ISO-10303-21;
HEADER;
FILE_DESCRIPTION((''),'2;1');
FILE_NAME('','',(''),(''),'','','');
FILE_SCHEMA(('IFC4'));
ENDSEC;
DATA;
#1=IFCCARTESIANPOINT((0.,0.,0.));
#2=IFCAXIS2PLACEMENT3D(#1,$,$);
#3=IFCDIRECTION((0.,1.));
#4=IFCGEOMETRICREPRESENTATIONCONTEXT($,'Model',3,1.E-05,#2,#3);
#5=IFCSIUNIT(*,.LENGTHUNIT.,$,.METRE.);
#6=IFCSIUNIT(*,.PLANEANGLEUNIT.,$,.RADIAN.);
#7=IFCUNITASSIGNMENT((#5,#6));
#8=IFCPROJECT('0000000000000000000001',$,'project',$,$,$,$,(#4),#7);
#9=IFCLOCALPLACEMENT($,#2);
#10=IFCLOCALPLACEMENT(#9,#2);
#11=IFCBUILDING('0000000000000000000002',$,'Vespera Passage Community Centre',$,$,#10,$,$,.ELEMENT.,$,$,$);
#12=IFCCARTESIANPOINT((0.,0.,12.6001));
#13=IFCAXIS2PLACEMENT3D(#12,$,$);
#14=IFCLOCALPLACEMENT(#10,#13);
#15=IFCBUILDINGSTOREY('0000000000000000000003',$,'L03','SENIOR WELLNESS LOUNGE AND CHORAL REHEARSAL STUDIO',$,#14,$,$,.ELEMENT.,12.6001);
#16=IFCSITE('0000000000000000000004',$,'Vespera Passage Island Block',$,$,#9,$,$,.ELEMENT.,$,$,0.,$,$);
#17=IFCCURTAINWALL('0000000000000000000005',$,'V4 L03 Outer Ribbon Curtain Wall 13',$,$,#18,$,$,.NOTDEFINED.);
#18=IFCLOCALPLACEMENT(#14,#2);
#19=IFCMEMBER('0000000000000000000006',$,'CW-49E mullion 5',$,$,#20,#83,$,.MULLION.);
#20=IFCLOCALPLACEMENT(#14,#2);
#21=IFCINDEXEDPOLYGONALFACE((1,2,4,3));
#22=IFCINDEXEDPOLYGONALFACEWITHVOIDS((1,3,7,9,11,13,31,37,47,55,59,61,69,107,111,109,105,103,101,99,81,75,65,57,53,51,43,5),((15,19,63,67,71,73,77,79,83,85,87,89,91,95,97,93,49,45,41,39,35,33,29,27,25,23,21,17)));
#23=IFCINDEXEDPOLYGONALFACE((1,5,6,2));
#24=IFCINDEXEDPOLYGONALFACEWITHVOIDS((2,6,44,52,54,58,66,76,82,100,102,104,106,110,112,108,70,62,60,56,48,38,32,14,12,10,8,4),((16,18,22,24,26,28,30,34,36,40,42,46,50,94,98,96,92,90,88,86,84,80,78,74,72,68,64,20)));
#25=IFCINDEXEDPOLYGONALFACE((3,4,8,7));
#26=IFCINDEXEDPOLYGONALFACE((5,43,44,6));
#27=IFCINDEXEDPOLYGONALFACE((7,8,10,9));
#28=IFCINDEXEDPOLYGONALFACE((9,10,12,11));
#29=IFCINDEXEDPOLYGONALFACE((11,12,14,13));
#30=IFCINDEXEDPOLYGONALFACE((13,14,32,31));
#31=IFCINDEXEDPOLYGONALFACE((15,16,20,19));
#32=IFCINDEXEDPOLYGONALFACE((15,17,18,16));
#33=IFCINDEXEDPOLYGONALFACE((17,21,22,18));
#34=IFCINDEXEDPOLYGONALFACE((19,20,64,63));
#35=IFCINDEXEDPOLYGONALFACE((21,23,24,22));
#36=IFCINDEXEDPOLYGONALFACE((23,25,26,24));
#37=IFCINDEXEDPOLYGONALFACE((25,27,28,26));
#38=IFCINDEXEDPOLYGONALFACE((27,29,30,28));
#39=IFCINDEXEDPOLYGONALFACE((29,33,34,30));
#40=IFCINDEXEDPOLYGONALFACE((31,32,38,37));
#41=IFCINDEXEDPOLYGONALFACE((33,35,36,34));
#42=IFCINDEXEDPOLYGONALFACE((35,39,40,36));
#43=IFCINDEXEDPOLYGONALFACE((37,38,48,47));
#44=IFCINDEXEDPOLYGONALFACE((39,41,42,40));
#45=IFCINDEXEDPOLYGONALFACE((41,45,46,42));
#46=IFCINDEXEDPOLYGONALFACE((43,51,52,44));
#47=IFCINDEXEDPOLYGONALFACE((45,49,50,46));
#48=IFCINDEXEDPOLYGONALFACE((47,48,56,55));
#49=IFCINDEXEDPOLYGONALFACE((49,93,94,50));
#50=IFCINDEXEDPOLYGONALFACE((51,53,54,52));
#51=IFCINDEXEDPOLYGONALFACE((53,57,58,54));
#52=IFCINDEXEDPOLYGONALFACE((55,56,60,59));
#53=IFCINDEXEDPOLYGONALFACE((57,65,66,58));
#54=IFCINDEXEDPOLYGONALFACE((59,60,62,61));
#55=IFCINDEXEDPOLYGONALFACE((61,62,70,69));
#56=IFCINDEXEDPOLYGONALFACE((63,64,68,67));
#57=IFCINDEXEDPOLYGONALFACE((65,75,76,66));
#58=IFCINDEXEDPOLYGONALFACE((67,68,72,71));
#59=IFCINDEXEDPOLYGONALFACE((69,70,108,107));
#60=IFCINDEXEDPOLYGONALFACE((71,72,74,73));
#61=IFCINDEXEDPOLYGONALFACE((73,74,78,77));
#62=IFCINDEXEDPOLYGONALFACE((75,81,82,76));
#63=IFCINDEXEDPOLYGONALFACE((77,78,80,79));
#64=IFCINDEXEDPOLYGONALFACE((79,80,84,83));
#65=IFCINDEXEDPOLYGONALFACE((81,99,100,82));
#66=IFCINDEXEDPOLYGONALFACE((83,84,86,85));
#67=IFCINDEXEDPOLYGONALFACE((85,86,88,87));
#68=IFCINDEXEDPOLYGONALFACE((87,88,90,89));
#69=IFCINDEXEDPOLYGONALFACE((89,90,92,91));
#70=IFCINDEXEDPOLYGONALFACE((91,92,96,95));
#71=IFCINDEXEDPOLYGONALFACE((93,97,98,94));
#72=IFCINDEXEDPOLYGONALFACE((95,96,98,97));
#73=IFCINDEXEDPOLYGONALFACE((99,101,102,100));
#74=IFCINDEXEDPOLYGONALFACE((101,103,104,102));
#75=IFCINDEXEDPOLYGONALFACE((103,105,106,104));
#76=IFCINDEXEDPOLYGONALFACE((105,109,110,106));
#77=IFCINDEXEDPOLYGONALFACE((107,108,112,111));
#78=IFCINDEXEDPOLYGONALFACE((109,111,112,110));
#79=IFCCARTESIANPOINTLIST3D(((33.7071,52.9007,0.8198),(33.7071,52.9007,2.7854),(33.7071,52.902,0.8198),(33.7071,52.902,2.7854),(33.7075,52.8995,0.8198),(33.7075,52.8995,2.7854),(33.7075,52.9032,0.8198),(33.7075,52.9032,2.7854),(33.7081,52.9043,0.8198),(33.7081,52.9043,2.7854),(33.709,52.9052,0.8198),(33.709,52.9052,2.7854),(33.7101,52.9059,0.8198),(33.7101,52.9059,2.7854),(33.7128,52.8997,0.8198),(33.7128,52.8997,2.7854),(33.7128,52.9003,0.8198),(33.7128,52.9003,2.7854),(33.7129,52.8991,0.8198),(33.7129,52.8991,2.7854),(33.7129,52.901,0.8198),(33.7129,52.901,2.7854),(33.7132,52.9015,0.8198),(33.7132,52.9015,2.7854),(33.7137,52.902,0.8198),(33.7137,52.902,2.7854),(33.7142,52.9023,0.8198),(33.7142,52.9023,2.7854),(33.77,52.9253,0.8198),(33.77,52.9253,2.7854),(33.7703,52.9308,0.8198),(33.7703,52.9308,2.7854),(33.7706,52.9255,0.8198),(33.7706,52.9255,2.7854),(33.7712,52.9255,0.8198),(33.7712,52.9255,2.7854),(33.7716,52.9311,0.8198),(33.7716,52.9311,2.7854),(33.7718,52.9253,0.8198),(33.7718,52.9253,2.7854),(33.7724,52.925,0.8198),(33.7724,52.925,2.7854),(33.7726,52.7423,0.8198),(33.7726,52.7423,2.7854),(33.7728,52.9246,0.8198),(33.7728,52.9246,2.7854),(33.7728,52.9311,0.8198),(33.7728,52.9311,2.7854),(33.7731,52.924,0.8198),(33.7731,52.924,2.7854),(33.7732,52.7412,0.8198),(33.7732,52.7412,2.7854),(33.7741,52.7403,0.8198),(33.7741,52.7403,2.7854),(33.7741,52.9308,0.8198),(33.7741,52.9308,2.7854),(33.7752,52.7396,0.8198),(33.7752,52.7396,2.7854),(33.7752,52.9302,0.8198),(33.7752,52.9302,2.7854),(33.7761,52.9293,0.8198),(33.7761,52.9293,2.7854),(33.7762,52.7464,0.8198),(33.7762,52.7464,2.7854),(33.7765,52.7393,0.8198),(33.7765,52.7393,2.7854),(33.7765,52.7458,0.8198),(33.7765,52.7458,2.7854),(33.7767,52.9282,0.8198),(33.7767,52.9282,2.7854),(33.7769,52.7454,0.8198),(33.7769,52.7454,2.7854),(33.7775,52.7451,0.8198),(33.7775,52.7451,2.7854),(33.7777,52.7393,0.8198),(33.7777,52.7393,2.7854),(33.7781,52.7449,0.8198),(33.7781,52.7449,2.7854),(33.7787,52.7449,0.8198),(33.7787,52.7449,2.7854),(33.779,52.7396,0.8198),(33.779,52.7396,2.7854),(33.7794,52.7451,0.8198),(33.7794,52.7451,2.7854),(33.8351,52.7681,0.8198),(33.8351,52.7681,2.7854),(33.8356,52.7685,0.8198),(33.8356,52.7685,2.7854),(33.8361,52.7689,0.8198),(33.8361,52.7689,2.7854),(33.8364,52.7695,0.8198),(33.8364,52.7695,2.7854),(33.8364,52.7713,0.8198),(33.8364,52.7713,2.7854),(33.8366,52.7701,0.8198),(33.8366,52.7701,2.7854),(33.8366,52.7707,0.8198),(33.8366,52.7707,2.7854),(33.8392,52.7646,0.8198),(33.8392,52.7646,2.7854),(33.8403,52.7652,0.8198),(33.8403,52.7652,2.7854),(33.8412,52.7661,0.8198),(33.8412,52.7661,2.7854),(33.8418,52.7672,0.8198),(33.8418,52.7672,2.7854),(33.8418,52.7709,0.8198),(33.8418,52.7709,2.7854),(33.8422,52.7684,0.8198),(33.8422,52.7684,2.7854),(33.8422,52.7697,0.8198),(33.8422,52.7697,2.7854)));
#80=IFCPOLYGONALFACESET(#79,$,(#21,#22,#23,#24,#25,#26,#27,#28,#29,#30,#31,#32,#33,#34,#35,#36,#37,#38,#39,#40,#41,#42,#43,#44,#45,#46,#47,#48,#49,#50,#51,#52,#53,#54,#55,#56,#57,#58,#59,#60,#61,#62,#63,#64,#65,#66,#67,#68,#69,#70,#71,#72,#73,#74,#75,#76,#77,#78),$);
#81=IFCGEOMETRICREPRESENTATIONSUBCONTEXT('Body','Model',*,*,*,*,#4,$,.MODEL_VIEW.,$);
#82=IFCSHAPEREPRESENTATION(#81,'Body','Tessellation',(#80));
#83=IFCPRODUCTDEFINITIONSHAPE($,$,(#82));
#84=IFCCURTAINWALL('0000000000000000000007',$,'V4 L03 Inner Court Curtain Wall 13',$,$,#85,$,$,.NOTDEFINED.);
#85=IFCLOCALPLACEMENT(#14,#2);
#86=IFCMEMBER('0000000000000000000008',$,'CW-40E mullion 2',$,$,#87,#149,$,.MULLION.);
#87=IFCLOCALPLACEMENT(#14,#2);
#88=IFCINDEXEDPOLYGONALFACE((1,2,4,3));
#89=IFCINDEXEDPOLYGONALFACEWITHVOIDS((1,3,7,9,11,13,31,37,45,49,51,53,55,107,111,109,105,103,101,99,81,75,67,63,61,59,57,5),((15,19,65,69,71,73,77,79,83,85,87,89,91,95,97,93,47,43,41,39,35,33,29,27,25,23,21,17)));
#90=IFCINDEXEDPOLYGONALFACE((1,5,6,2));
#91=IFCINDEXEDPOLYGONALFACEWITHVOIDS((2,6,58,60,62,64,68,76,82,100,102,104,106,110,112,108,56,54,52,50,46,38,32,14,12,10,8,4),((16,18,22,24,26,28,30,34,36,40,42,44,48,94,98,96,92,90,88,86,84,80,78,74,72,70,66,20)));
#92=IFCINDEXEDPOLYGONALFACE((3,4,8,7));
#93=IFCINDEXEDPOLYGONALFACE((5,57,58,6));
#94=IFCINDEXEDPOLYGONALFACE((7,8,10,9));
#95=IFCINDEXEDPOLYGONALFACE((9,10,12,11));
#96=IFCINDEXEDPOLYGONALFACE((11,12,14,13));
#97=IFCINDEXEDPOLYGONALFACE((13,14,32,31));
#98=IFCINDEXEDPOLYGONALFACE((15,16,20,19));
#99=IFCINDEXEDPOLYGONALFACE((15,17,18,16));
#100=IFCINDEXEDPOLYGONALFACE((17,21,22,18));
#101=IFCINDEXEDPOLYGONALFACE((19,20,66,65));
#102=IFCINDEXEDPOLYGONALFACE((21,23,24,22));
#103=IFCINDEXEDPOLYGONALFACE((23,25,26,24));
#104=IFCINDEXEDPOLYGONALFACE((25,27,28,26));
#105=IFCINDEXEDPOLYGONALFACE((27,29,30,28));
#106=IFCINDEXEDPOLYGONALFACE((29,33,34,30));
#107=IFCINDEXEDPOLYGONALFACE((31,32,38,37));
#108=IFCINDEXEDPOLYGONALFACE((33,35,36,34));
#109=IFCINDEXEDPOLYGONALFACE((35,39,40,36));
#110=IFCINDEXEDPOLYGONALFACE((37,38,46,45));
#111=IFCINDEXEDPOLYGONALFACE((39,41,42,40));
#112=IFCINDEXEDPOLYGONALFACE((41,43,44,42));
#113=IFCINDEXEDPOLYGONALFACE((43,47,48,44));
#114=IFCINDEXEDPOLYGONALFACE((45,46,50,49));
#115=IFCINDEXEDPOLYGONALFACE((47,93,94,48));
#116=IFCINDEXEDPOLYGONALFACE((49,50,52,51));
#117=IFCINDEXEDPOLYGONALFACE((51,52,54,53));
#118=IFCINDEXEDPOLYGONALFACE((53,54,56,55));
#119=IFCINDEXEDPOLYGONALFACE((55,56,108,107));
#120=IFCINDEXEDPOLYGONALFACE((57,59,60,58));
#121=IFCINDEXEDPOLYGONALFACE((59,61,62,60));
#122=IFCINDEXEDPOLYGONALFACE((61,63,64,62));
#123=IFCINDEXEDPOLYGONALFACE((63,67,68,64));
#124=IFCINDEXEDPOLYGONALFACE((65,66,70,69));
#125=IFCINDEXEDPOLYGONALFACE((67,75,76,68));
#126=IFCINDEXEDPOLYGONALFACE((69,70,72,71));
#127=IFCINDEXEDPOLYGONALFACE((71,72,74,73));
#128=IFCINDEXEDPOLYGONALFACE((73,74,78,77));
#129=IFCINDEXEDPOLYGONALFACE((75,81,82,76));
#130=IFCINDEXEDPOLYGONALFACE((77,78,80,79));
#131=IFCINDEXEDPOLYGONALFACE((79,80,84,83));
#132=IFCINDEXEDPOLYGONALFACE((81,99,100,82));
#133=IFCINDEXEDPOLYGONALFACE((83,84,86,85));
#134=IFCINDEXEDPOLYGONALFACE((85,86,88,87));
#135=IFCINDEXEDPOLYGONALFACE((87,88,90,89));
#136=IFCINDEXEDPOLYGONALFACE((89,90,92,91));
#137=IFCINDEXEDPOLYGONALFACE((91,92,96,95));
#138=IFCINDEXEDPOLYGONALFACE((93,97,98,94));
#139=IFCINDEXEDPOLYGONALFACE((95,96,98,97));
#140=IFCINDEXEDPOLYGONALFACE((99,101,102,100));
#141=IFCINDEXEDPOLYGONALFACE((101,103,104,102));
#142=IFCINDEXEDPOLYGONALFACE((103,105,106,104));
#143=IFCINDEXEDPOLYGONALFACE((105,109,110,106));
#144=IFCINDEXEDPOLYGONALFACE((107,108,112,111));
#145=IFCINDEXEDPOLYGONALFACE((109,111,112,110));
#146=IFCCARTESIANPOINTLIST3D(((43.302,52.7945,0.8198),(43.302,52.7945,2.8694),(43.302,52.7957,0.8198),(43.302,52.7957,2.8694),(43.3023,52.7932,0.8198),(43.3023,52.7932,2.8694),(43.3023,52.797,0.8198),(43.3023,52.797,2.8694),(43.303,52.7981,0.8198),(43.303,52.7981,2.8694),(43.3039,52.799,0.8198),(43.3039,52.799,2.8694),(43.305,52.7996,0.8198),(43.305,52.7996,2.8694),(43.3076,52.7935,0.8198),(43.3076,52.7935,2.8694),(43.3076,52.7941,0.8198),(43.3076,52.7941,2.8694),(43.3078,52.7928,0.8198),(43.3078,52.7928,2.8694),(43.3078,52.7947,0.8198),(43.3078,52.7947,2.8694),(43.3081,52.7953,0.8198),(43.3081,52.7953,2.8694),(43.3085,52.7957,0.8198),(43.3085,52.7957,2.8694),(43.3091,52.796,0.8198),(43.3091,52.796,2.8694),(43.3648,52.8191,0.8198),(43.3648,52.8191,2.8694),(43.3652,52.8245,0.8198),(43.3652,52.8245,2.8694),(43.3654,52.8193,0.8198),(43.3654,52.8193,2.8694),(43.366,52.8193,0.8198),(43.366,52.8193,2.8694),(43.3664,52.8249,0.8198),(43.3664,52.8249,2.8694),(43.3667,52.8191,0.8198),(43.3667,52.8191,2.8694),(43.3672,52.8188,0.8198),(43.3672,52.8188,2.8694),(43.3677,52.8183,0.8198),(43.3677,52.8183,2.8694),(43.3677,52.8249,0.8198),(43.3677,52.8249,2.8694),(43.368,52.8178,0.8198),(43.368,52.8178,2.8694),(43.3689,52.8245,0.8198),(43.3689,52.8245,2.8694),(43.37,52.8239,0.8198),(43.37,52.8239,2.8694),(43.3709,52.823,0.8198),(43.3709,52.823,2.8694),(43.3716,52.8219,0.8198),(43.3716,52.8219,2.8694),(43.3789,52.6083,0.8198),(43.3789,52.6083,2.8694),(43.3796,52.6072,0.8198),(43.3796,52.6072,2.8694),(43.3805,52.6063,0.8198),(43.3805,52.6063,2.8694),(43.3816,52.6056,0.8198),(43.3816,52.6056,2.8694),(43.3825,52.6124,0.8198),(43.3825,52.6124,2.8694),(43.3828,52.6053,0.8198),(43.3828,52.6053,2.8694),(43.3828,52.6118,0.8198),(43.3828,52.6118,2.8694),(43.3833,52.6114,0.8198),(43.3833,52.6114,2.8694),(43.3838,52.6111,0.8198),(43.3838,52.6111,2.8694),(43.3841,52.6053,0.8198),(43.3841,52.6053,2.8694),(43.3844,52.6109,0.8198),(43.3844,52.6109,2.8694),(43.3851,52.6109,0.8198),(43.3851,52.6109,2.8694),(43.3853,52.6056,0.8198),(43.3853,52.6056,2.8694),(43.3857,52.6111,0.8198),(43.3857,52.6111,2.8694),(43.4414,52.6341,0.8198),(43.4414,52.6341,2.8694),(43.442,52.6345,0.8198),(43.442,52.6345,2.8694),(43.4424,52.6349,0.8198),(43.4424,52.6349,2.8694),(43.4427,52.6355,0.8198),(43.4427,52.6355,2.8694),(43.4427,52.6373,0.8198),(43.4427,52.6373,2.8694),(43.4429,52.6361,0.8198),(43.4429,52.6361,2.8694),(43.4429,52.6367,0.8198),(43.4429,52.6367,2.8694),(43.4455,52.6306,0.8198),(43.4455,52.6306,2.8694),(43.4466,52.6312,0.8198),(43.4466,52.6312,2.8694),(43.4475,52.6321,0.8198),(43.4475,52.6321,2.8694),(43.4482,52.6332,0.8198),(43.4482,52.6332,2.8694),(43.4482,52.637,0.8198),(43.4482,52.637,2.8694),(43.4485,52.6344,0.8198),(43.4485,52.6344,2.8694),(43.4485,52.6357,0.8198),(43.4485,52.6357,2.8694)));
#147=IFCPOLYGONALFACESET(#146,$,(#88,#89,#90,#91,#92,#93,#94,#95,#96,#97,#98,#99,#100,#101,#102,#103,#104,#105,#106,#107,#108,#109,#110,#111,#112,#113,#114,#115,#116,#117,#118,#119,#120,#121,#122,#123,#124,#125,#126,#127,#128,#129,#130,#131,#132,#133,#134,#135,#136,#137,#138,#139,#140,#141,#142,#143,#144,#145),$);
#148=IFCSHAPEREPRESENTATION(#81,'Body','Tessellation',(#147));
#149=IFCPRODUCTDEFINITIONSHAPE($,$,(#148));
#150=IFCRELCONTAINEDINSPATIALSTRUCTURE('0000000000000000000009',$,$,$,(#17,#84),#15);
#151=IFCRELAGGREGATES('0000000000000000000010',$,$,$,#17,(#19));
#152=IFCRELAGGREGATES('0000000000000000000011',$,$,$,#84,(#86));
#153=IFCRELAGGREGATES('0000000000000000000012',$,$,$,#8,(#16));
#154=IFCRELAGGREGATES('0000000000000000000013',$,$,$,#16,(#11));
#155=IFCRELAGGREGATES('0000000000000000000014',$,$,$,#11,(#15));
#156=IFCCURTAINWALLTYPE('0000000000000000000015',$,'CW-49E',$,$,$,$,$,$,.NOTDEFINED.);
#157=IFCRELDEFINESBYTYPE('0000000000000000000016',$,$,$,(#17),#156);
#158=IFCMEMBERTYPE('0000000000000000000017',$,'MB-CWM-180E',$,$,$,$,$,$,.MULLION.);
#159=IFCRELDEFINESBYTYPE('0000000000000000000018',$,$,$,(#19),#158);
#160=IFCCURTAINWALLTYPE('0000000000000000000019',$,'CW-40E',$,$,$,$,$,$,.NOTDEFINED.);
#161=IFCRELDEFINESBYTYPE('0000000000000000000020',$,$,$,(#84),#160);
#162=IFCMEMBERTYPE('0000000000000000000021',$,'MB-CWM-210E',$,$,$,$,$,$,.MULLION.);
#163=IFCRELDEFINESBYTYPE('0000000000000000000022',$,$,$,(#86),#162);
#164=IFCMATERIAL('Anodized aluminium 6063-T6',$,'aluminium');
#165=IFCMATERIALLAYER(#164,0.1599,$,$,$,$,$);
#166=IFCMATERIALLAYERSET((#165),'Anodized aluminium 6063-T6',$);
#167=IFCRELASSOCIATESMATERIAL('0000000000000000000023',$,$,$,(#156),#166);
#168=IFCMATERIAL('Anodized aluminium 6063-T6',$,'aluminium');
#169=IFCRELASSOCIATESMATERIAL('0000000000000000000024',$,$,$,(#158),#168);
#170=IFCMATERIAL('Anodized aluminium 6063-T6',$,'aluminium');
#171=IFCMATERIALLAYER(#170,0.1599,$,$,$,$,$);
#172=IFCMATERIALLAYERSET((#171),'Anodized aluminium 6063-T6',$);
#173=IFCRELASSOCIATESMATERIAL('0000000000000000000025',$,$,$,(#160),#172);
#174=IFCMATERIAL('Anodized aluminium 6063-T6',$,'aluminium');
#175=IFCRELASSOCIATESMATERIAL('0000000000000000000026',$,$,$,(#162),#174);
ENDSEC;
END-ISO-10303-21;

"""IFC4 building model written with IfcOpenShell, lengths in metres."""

from ifc_helpers import new_model, si_unit, direction, frame, origin, origin_2d, place, context, subcontext, project, spatial, hollow_rectangle, extrude, material, layer, layer_set, material_profile, profile_set, type_object, element, aggregate, save


model = new_model("IFC4")

# Units and contexts
model_context = context("Model", 3, precision=1e-05, world=origin(), true_north=direction((0.0, 1.0)))
body_context = subcontext(model_context, "Body", "Model", "MODEL_VIEW")
ifc_project = project(units=[si_unit("LENGTHUNIT", "METRE"), si_unit("PLANEANGLEUNIT", "RADIAN")], contexts=[model_context])

# Site, building, storey
site_placement = place(None, origin())
site = spatial("IfcSite", under=ifc_project, at=site_placement, Name="Vespera Passage Island Block", CompositionType="ELEMENT", RefElevation=0.0)
building_placement = place(site_placement, origin())
building = spatial("IfcBuilding", under=site, at=building_placement, Name="Vespera Passage Community Centre", CompositionType="ELEMENT")
storey_placement = place(building_placement, frame((0.0, 0.0, 12.6001)))
storey = spatial("IfcBuildingStorey", under=building, at=storey_placement, Name="L03", Description="SENIOR WELLNESS LOUNGE AND CHORAL REHEARSAL STUDIO", CompositionType="ELEMENT", Elevation=12.6001)

# Curtain walls, members
ifc_material_1 = material(Name="Anodized aluminium 6063-T6", Category="aluminium")
ifc_layer_1 = layer(ifc_material_1, 0.1599)
ifc_layer_set_1 = layer_set([ifc_layer_1], Name="Anodized aluminium 6063-T6")
curtain_wall_type_1 = type_object("IfcCurtainWallType", Name="CW-49E", PredefinedType="NOTDEFINED", material=ifc_layer_set_1)
curtain_wall_1_placement = place(storey_placement, origin())
curtain_wall_1 = element("IfcCurtainWall", 1, at=curtain_wall_1_placement, inside=storey, type_object=curtain_wall_type_1, Name="V4 L03 Outer Ribbon Curtain Wall 13", PredefinedType="NOTDEFINED")
ifc_material_2 = material(Name="Anodized aluminium 6063-T6", Category="aluminium")
ifc_material_profile_1 = material_profile(ifc_material_2, hollow_rectangle(XDim=0.075, YDim=0.1799, WallThickness=0.0049, InnerFilletRadius=0.0024, OuterFilletRadius=0.0049, at=origin_2d()), Name="ALU180X75X5")
ifc_profile_set_1 = profile_set([ifc_material_profile_1], Name="Anodized aluminium 6063-T6")
member_type_1 = type_object("IfcMemberType", Name="MB-CWM-180E", PredefinedType="MULLION", material=ifc_profile_set_1)
member_1_placement = place(storey_placement, frame((33.7747, 52.8352, 0.8198), z_axis=(0.0, 0.0, 1.0), x_axis=(-0.923881, -0.382679, 0.0)))
member_1 = element("IfcMember", 2, at=member_1_placement, type_object=member_type_1, Name="CW-49E mullion 5", PredefinedType="MULLION", context=body_context, shape_type="SweptSolid", body=[
    extrude(hollow_rectangle(XDim=0.075, YDim=0.1799, WallThickness=0.0049, InnerFilletRadius=0.0024, OuterFilletRadius=0.0049, at=origin_2d()), origin(), (0.0, 0.0, 1.0), 1.9656),
])
ifc_material_3 = material(Name="Anodized aluminium 6063-T6", Category="aluminium")
ifc_layer_2 = layer(ifc_material_3, 0.1599)
ifc_layer_set_2 = layer_set([ifc_layer_2], Name="Anodized aluminium 6063-T6")
curtain_wall_type_2 = type_object("IfcCurtainWallType", Name="CW-40E", PredefinedType="NOTDEFINED", material=ifc_layer_set_2)
curtain_wall_2_placement = place(storey_placement, origin())
curtain_wall_2 = element("IfcCurtainWall", 3, at=curtain_wall_2_placement, inside=storey, type_object=curtain_wall_type_2, Name="V4 L03 Inner Court Curtain Wall 13", PredefinedType="NOTDEFINED")
ifc_material_4 = material(Name="Anodized aluminium 6063-T6", Category="aluminium")
ifc_material_profile_2 = material_profile(ifc_material_4, hollow_rectangle(XDim=0.075, YDim=0.21, WallThickness=0.0049, InnerFilletRadius=0.0024, OuterFilletRadius=0.0049, at=origin_2d()), Name="ALU210X75X5")
ifc_profile_set_2 = profile_set([ifc_material_profile_2], Name="Anodized aluminium 6063-T6")
member_type_2 = type_object("IfcMemberType", Name="MB-CWM-210E", PredefinedType="MULLION", material=ifc_profile_set_2)
member_2_placement = place(storey_placement, frame((43.3752, 52.7151, 0.8198), z_axis=(0.0, 0.0, 1.0), x_axis=(0.923877, 0.38269, 0.0)))
member_2 = element("IfcMember", 4, at=member_2_placement, type_object=member_type_2, Name="CW-40E mullion 2", PredefinedType="MULLION", context=body_context, shape_type="SweptSolid", body=[
    extrude(hollow_rectangle(XDim=0.075, YDim=0.21, WallThickness=0.0049, InnerFilletRadius=0.0024, OuterFilletRadius=0.0049, at=origin_2d()), origin(), (0.0, 0.0, 1.0), 2.0496),
])

aggregate(curtain_wall_1, [member_1])
aggregate(curtain_wall_2, [member_2])

save(model, "model.ifc")
